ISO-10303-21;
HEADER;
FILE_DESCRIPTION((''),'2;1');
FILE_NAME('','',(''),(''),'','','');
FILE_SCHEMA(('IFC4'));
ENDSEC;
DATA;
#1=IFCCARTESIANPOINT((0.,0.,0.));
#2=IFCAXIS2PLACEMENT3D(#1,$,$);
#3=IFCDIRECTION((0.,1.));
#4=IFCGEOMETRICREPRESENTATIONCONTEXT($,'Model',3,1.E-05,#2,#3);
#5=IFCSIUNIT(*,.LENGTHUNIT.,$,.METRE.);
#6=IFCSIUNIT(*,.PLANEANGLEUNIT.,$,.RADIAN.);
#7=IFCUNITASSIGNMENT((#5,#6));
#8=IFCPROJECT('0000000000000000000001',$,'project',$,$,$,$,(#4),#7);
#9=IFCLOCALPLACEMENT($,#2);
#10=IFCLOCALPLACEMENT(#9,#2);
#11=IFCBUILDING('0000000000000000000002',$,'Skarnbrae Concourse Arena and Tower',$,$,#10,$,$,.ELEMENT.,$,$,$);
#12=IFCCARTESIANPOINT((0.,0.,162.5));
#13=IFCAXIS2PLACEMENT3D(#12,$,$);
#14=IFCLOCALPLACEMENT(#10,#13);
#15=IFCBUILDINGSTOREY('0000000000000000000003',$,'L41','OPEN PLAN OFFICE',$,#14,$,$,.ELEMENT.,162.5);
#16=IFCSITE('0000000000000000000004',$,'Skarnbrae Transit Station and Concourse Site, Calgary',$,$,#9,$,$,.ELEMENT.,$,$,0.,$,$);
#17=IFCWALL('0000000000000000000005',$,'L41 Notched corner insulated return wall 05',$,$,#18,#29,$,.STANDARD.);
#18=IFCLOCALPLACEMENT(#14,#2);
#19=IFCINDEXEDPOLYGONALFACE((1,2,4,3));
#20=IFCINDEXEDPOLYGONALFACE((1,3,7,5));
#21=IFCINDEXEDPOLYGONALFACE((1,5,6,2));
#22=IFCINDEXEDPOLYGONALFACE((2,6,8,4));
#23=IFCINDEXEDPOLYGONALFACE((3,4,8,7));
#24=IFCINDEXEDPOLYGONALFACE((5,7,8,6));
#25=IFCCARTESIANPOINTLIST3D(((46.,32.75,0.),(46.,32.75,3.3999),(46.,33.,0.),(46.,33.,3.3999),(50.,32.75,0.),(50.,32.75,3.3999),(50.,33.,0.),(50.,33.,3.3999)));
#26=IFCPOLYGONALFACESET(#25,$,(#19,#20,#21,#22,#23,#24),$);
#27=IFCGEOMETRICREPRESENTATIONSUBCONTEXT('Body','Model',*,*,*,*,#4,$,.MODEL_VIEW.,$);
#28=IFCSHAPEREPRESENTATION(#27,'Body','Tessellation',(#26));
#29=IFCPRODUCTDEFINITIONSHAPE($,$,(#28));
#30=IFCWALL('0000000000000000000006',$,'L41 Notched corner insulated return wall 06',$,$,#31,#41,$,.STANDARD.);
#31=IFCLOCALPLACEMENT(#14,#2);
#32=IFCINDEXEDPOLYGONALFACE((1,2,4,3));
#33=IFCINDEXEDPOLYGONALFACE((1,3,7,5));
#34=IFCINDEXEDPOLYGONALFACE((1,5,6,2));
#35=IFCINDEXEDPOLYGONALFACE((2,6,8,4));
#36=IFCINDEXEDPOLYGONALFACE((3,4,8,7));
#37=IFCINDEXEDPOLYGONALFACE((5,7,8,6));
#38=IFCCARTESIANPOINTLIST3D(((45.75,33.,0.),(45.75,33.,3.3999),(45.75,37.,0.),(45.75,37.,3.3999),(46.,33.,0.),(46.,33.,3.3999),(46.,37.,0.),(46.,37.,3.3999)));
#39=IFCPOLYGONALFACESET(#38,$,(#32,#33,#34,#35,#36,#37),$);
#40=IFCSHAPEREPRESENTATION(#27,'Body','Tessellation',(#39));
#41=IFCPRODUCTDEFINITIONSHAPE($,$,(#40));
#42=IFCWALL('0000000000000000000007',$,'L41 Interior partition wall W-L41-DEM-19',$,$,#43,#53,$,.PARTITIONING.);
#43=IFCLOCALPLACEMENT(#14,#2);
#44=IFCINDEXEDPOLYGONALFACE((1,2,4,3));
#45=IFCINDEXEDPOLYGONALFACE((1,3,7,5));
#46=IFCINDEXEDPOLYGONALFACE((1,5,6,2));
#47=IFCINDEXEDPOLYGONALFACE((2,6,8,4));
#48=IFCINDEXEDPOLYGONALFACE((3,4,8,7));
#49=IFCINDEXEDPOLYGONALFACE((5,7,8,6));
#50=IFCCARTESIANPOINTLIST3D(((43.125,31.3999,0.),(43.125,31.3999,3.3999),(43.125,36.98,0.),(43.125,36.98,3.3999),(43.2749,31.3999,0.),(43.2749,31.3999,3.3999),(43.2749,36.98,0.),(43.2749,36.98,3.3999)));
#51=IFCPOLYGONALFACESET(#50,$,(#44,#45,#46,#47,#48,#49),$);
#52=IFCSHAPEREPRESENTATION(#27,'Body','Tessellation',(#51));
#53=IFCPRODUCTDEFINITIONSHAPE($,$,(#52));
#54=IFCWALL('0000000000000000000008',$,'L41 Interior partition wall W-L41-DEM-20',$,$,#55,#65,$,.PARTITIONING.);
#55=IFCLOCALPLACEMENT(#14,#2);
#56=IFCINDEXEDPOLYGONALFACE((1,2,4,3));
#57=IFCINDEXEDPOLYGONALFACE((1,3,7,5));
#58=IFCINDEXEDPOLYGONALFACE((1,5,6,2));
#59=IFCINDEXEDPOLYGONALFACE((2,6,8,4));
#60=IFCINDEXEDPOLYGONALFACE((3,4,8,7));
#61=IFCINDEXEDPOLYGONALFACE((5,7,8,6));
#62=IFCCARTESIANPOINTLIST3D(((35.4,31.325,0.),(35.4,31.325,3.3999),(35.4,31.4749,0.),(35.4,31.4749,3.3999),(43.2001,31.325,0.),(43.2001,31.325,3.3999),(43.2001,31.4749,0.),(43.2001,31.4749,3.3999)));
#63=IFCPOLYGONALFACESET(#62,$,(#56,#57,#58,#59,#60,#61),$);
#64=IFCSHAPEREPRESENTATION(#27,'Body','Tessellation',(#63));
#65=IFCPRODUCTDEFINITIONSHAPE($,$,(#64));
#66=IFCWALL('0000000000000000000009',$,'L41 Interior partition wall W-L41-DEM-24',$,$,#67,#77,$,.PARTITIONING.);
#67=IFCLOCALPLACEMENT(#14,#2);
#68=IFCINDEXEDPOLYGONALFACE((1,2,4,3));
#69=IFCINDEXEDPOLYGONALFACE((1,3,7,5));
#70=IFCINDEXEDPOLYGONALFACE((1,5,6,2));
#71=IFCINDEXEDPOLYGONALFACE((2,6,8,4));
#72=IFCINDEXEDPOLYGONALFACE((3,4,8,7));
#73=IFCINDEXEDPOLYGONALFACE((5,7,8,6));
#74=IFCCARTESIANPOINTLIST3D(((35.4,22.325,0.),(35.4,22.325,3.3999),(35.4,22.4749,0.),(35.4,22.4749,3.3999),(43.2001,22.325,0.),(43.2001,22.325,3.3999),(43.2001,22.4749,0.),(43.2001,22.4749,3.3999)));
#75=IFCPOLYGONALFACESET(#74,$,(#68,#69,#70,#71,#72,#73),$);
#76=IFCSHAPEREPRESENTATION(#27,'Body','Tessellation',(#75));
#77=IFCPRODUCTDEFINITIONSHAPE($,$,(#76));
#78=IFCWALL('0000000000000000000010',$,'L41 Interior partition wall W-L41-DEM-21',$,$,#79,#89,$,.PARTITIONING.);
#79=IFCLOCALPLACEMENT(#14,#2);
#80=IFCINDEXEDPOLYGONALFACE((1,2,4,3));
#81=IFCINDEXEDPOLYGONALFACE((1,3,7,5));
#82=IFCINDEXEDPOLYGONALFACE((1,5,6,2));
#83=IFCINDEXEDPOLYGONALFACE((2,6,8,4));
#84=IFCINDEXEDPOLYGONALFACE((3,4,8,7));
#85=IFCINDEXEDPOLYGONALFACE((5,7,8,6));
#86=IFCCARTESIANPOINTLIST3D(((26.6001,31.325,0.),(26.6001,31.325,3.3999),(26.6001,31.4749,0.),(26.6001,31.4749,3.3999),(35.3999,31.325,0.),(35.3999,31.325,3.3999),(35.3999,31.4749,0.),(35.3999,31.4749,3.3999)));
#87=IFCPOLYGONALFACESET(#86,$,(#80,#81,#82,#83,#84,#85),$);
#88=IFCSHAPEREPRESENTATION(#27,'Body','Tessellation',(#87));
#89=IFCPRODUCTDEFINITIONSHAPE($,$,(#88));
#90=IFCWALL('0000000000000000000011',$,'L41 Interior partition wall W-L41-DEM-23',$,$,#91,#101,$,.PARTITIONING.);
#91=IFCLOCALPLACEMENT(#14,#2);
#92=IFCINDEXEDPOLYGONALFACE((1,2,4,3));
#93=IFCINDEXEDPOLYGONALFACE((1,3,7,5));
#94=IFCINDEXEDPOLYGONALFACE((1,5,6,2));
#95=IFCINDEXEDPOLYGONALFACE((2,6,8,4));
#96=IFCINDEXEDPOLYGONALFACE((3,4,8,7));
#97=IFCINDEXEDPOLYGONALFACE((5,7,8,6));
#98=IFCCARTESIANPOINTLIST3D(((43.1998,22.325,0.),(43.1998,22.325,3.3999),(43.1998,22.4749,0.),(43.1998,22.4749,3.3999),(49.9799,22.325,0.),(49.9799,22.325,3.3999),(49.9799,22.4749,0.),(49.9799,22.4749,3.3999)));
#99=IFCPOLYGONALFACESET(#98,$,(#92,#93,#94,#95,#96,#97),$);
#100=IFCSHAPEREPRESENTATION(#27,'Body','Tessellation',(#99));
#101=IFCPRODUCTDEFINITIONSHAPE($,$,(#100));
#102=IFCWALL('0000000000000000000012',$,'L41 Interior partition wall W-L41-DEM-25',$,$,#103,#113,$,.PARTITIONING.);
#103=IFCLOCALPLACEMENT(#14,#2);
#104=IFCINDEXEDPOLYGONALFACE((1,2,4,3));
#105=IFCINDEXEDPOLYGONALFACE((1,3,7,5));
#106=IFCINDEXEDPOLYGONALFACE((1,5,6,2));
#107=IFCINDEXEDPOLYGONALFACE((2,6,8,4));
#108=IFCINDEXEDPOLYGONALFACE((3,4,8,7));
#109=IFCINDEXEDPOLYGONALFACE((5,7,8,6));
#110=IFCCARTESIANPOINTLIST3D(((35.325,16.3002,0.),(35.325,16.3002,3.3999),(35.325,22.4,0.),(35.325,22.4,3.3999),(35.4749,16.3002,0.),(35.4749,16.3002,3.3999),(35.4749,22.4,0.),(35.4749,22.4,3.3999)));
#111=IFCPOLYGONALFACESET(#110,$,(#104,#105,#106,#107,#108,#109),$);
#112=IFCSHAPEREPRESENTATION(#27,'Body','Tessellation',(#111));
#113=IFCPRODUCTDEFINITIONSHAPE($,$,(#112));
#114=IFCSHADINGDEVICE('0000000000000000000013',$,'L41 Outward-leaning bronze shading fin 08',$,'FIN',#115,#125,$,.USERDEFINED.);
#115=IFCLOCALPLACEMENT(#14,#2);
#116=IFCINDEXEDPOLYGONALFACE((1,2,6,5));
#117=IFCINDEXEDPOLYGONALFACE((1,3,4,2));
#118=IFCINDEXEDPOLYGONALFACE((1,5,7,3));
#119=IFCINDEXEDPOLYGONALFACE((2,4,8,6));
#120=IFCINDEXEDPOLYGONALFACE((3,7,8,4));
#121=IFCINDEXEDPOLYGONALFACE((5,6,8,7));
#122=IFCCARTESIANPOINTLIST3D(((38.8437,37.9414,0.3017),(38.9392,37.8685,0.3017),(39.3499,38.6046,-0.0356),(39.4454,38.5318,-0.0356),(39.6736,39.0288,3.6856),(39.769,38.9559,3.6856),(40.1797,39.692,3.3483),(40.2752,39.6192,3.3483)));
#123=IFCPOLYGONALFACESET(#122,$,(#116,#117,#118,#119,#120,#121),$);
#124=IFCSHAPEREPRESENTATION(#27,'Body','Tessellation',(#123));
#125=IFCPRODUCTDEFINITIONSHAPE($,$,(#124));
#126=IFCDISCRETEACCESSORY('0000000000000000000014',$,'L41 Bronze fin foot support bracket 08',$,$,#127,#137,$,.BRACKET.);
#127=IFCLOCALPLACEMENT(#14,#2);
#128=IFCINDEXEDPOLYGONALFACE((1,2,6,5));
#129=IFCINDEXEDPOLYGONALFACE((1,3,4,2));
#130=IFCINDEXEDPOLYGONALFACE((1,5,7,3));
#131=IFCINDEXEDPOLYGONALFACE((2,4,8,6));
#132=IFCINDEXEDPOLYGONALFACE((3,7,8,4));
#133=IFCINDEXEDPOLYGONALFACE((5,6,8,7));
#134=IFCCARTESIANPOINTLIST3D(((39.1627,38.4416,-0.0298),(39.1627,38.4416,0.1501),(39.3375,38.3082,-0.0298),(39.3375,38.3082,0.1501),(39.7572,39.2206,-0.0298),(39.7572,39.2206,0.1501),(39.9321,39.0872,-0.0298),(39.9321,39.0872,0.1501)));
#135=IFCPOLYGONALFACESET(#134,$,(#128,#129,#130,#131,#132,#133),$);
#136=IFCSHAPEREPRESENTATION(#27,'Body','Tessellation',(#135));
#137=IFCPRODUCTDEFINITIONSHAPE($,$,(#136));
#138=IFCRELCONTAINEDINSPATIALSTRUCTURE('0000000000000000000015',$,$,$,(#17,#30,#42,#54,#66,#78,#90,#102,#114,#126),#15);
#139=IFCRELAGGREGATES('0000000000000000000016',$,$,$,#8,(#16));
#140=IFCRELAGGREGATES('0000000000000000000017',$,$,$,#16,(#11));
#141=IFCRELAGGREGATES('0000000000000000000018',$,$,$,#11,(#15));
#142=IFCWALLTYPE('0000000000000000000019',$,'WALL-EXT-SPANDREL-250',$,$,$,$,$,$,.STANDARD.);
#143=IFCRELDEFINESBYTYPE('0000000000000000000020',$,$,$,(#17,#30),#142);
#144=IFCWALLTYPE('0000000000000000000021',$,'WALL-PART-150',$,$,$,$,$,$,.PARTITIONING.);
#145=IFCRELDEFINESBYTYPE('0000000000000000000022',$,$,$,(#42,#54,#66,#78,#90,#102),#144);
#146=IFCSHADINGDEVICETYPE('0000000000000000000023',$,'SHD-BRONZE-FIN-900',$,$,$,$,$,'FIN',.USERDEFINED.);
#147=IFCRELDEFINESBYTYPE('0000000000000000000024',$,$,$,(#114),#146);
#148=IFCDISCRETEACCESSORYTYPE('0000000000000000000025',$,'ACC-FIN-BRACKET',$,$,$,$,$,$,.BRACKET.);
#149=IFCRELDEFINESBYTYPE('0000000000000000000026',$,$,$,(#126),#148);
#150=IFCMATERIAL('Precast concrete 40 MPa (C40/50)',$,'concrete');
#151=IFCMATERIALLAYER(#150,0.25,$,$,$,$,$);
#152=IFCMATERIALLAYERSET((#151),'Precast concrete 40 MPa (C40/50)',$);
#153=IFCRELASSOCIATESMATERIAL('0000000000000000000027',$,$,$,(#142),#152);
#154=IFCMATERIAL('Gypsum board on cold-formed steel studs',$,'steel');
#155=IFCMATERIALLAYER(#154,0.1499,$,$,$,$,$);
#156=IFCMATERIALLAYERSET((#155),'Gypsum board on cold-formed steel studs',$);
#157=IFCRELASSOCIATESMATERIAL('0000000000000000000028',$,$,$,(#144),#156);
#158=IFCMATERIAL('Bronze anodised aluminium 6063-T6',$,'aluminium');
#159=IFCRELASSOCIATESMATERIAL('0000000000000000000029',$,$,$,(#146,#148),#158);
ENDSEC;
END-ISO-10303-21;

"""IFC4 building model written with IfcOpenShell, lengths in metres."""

from ifc_helpers import new_model, si_unit, direction, frame, frame_2d, origin, origin_2d, place, context, subcontext, project, spatial, rectangle, extrude, source, transform, mapped, material, layer, layer_set, type_object, element, save


model = new_model("IFC4")

# Units and contexts
model_context = context("Model", 3, precision=1e-05, world=origin(), true_north=direction((0.0, 1.0)))
body_context = subcontext(model_context, "Body", "Model", "MODEL_VIEW")
ifc_project = project(units=[si_unit("LENGTHUNIT", "METRE"), si_unit("PLANEANGLEUNIT", "RADIAN")], contexts=[model_context])

# Site, building, storey
site_placement = place(None, origin())
site = spatial("IfcSite", under=ifc_project, at=site_placement, Name="Skarnbrae Transit Station and Concourse Site, Calgary", CompositionType="ELEMENT", RefElevation=0.0)
building_placement = place(site_placement, origin())
building = spatial("IfcBuilding", under=site, at=building_placement, Name="Skarnbrae Concourse Arena and Tower", CompositionType="ELEMENT")
storey_placement = place(building_placement, frame((0.0, 0.0, 162.5)))
storey = spatial("IfcBuildingStorey", under=building, at=storey_placement, Name="L41", Description="OPEN PLAN OFFICE", CompositionType="ELEMENT", Elevation=162.5)

# Shared definitions
ifc_material_1 = material(Name="Bronze anodised aluminium 6063-T6", Category="aluminium")

# Walls
ifc_material_2 = material(Name="Precast concrete 40 MPa (C40/50)", Category="concrete")
ifc_layer_1 = layer(ifc_material_2, 0.25)
ifc_layer_set_1 = layer_set([ifc_layer_1], Name="Precast concrete 40 MPa (C40/50)")
wall_type_1 = type_object("IfcWallType", Name="WALL-EXT-SPANDREL-250", PredefinedType="STANDARD", material=ifc_layer_set_1)
shared_shape_1 = source(origin(), body_context, "Body", "SweptSolid", [
    extrude(rectangle(XDim=4.0, YDim=0.25, at=frame_2d((2.0, 0.0))), origin(), (0.0, 0.0, 1.0), 3.3999),
])
for number, where, z_axis, x_axis, name in (
    (1, (50.0, 32.875, 0.0), (0.0, 0.0, 1.0), (-1.0, 0.0, 0.0), "L41 Notched corner insulated return wall 05"),
    (2, (45.875, 33.0, 0.0), (0.0, 0.0, 1.0), (0.0, 1.0, 0.0), "L41 Notched corner insulated return wall 06"),
):
    element("IfcWall", number, at=place(storey_placement, frame(where, z_axis=z_axis, x_axis=x_axis)), inside=storey, type_object=wall_type_1, Name=name, PredefinedType="STANDARD", context=body_context, shape_type="MappedRepresentation", body=[
        mapped(shared_shape_1, transform((0.0, 0.0, 0.0))),
    ])
ifc_material_3 = material(Name="Gypsum board on cold-formed steel studs", Category="steel")
ifc_layer_2 = layer(ifc_material_3, 0.1499)
ifc_layer_set_2 = layer_set([ifc_layer_2], Name="Gypsum board on cold-formed steel studs")
wall_type_2 = type_object("IfcWallType", Name="WALL-PART-150", PredefinedType="PARTITIONING", material=ifc_layer_set_2)
shared_shape_2 = source(origin(), body_context, "Body", "SweptSolid", [
    extrude(rectangle(XDim=5.5801, YDim=0.1499, at=frame_2d((2.79, 0.0))), origin(), (0.0, 0.0, 1.0), 3.3999),
])
wall_1_placement = place(storey_placement, frame((43.2, 36.98, 0.0), z_axis=(0.0, 0.0, 1.0), x_axis=(0.0, -1.0, 0.0)))
element("IfcWall", 3, at=wall_1_placement, inside=storey, type_object=wall_type_2, Name="L41 Interior partition wall W-L41-DEM-19", PredefinedType="PARTITIONING", context=body_context, shape_type="MappedRepresentation", body=[
    mapped(shared_shape_2, transform((0.0, 0.0, 0.0))),
])
shared_shape_3 = source(origin(), body_context, "Body", "SweptSolid", [
    extrude(rectangle(XDim=7.8, YDim=0.1499, at=frame_2d((3.8999, 0.0))), origin(), (0.0, 0.0, 1.0), 3.3999),
])
for number, where, z_axis, x_axis, name in (
    (4, (43.2, 31.3999, 0.0), (0.0, 0.0, 1.0), (-1.0, 0.0, 0.0), "L41 Interior partition wall W-L41-DEM-20"),
    (5, (43.2, 22.3999, 0.0), (0.0, 0.0, 1.0), (-1.0, 0.0, 0.0), "L41 Interior partition wall W-L41-DEM-24"),
):
    element("IfcWall", number, at=place(storey_placement, frame(where, z_axis=z_axis, x_axis=x_axis)), inside=storey, type_object=wall_type_2, Name=name, PredefinedType="PARTITIONING", context=body_context, shape_type="MappedRepresentation", body=[
        mapped(shared_shape_3, transform((0.0, 0.0, 0.0))),
    ])
shared_shape_4 = source(origin(), body_context, "Body", "SweptSolid", [
    extrude(rectangle(XDim=8.7998, YDim=0.1499, at=frame_2d((4.3999, 0.0))), origin(), (0.0, 0.0, 1.0), 3.3999),
])
wall_2_placement = place(storey_placement, frame((35.3999, 31.3999, 0.0), z_axis=(0.0, 0.0, 1.0), x_axis=(-1.0, 0.0, 0.0)))
element("IfcWall", 6, at=wall_2_placement, inside=storey, type_object=wall_type_2, Name="L41 Interior partition wall W-L41-DEM-21", PredefinedType="PARTITIONING", context=body_context, shape_type="MappedRepresentation", body=[
    mapped(shared_shape_4, transform((0.0, 0.0, 0.0))),
])
shared_shape_5 = source(origin(), body_context, "Body", "SweptSolid", [
    extrude(rectangle(XDim=6.78, YDim=0.1499, at=frame_2d((3.3901, 0.0))), origin(), (0.0, 0.0, 1.0), 3.3999),
])
wall_3_placement = place(storey_placement, frame((49.98, 22.3999, 0.0), z_axis=(0.0, 0.0, 1.0), x_axis=(-1.0, 0.0, 0.0)))
element("IfcWall", 7, at=wall_3_placement, inside=storey, type_object=wall_type_2, Name="L41 Interior partition wall W-L41-DEM-23", PredefinedType="PARTITIONING", context=body_context, shape_type="MappedRepresentation", body=[
    mapped(shared_shape_5, transform((0.0, 0.0, 0.0))),
])
shared_shape_6 = source(origin(), body_context, "Body", "SweptSolid", [
    extrude(rectangle(XDim=6.0999, YDim=0.1499, at=frame_2d((3.0498, 0.0))), origin(), (0.0, 0.0, 1.0), 3.3999),
])
wall_4_placement = place(storey_placement, frame((35.3999, 22.3999, 0.0), z_axis=(0.0, 0.0, 1.0), x_axis=(0.0, -1.0, 0.0)))
element("IfcWall", 8, at=wall_4_placement, inside=storey, type_object=wall_type_2, Name="L41 Interior partition wall W-L41-DEM-25", PredefinedType="PARTITIONING", context=body_context, shape_type="MappedRepresentation", body=[
    mapped(shared_shape_6, transform((0.0, 0.0, 0.0))),
])

# Shading device
shading_device_type = type_object("IfcShadingDeviceType", Name="SHD-BRONZE-FIN-900", ElementType="FIN", PredefinedType="USERDEFINED", material=ifc_material_1)
shared_shape_7 = source(origin(), body_context, "Body", "SweptSolid", [
    extrude(rectangle(XDim=0.1201, YDim=0.8999, at=origin_2d()), origin(), (0.0, 0.0, 1.0), 3.6499),
])
shading_device_placement = place(storey_placement, frame((39.1445, 38.2366, 0.1331), z_axis=(0.22736, 0.297924, 0.927118), x_axis=(0.794955, -0.606668, 0.0)))
element("IfcShadingDevice", 9, at=shading_device_placement, inside=storey, type_object=shading_device_type, Name="L41 Outward-leaning bronze shading fin 08", ObjectType="FIN", PredefinedType="USERDEFINED", context=body_context, shape_type="MappedRepresentation", body=[
    mapped(shared_shape_7, transform((0.0, 0.0, 0.0))),
])

# Discrete accessory
discrete_accessory_type = type_object("IfcDiscreteAccessoryType", Name="ACC-FIN-BRACKET", PredefinedType="BRACKET", material=ifc_material_1)
shared_shape_8 = source(origin(), body_context, "Body", "SweptSolid", [
    extrude(rectangle(XDim=0.22, YDim=0.98, at=origin_2d()), origin(), (0.0, 0.0, 1.0), 0.1799),
])
discrete_accessory_placement = place(storey_placement, frame((39.5474, 38.7644, -0.0298), z_axis=(0.0, 0.0, 1.0), x_axis=(0.794955, -0.606668, 0.0)))
element("IfcDiscreteAccessory", 10, at=discrete_accessory_placement, inside=storey, type_object=discrete_accessory_type, Name="L41 Bronze fin foot support bracket 08", PredefinedType="BRACKET", context=body_context, shape_type="MappedRepresentation", body=[
    mapped(shared_shape_8, transform((0.0, 0.0, 0.0))),
])

save(model, "model.ifc")
